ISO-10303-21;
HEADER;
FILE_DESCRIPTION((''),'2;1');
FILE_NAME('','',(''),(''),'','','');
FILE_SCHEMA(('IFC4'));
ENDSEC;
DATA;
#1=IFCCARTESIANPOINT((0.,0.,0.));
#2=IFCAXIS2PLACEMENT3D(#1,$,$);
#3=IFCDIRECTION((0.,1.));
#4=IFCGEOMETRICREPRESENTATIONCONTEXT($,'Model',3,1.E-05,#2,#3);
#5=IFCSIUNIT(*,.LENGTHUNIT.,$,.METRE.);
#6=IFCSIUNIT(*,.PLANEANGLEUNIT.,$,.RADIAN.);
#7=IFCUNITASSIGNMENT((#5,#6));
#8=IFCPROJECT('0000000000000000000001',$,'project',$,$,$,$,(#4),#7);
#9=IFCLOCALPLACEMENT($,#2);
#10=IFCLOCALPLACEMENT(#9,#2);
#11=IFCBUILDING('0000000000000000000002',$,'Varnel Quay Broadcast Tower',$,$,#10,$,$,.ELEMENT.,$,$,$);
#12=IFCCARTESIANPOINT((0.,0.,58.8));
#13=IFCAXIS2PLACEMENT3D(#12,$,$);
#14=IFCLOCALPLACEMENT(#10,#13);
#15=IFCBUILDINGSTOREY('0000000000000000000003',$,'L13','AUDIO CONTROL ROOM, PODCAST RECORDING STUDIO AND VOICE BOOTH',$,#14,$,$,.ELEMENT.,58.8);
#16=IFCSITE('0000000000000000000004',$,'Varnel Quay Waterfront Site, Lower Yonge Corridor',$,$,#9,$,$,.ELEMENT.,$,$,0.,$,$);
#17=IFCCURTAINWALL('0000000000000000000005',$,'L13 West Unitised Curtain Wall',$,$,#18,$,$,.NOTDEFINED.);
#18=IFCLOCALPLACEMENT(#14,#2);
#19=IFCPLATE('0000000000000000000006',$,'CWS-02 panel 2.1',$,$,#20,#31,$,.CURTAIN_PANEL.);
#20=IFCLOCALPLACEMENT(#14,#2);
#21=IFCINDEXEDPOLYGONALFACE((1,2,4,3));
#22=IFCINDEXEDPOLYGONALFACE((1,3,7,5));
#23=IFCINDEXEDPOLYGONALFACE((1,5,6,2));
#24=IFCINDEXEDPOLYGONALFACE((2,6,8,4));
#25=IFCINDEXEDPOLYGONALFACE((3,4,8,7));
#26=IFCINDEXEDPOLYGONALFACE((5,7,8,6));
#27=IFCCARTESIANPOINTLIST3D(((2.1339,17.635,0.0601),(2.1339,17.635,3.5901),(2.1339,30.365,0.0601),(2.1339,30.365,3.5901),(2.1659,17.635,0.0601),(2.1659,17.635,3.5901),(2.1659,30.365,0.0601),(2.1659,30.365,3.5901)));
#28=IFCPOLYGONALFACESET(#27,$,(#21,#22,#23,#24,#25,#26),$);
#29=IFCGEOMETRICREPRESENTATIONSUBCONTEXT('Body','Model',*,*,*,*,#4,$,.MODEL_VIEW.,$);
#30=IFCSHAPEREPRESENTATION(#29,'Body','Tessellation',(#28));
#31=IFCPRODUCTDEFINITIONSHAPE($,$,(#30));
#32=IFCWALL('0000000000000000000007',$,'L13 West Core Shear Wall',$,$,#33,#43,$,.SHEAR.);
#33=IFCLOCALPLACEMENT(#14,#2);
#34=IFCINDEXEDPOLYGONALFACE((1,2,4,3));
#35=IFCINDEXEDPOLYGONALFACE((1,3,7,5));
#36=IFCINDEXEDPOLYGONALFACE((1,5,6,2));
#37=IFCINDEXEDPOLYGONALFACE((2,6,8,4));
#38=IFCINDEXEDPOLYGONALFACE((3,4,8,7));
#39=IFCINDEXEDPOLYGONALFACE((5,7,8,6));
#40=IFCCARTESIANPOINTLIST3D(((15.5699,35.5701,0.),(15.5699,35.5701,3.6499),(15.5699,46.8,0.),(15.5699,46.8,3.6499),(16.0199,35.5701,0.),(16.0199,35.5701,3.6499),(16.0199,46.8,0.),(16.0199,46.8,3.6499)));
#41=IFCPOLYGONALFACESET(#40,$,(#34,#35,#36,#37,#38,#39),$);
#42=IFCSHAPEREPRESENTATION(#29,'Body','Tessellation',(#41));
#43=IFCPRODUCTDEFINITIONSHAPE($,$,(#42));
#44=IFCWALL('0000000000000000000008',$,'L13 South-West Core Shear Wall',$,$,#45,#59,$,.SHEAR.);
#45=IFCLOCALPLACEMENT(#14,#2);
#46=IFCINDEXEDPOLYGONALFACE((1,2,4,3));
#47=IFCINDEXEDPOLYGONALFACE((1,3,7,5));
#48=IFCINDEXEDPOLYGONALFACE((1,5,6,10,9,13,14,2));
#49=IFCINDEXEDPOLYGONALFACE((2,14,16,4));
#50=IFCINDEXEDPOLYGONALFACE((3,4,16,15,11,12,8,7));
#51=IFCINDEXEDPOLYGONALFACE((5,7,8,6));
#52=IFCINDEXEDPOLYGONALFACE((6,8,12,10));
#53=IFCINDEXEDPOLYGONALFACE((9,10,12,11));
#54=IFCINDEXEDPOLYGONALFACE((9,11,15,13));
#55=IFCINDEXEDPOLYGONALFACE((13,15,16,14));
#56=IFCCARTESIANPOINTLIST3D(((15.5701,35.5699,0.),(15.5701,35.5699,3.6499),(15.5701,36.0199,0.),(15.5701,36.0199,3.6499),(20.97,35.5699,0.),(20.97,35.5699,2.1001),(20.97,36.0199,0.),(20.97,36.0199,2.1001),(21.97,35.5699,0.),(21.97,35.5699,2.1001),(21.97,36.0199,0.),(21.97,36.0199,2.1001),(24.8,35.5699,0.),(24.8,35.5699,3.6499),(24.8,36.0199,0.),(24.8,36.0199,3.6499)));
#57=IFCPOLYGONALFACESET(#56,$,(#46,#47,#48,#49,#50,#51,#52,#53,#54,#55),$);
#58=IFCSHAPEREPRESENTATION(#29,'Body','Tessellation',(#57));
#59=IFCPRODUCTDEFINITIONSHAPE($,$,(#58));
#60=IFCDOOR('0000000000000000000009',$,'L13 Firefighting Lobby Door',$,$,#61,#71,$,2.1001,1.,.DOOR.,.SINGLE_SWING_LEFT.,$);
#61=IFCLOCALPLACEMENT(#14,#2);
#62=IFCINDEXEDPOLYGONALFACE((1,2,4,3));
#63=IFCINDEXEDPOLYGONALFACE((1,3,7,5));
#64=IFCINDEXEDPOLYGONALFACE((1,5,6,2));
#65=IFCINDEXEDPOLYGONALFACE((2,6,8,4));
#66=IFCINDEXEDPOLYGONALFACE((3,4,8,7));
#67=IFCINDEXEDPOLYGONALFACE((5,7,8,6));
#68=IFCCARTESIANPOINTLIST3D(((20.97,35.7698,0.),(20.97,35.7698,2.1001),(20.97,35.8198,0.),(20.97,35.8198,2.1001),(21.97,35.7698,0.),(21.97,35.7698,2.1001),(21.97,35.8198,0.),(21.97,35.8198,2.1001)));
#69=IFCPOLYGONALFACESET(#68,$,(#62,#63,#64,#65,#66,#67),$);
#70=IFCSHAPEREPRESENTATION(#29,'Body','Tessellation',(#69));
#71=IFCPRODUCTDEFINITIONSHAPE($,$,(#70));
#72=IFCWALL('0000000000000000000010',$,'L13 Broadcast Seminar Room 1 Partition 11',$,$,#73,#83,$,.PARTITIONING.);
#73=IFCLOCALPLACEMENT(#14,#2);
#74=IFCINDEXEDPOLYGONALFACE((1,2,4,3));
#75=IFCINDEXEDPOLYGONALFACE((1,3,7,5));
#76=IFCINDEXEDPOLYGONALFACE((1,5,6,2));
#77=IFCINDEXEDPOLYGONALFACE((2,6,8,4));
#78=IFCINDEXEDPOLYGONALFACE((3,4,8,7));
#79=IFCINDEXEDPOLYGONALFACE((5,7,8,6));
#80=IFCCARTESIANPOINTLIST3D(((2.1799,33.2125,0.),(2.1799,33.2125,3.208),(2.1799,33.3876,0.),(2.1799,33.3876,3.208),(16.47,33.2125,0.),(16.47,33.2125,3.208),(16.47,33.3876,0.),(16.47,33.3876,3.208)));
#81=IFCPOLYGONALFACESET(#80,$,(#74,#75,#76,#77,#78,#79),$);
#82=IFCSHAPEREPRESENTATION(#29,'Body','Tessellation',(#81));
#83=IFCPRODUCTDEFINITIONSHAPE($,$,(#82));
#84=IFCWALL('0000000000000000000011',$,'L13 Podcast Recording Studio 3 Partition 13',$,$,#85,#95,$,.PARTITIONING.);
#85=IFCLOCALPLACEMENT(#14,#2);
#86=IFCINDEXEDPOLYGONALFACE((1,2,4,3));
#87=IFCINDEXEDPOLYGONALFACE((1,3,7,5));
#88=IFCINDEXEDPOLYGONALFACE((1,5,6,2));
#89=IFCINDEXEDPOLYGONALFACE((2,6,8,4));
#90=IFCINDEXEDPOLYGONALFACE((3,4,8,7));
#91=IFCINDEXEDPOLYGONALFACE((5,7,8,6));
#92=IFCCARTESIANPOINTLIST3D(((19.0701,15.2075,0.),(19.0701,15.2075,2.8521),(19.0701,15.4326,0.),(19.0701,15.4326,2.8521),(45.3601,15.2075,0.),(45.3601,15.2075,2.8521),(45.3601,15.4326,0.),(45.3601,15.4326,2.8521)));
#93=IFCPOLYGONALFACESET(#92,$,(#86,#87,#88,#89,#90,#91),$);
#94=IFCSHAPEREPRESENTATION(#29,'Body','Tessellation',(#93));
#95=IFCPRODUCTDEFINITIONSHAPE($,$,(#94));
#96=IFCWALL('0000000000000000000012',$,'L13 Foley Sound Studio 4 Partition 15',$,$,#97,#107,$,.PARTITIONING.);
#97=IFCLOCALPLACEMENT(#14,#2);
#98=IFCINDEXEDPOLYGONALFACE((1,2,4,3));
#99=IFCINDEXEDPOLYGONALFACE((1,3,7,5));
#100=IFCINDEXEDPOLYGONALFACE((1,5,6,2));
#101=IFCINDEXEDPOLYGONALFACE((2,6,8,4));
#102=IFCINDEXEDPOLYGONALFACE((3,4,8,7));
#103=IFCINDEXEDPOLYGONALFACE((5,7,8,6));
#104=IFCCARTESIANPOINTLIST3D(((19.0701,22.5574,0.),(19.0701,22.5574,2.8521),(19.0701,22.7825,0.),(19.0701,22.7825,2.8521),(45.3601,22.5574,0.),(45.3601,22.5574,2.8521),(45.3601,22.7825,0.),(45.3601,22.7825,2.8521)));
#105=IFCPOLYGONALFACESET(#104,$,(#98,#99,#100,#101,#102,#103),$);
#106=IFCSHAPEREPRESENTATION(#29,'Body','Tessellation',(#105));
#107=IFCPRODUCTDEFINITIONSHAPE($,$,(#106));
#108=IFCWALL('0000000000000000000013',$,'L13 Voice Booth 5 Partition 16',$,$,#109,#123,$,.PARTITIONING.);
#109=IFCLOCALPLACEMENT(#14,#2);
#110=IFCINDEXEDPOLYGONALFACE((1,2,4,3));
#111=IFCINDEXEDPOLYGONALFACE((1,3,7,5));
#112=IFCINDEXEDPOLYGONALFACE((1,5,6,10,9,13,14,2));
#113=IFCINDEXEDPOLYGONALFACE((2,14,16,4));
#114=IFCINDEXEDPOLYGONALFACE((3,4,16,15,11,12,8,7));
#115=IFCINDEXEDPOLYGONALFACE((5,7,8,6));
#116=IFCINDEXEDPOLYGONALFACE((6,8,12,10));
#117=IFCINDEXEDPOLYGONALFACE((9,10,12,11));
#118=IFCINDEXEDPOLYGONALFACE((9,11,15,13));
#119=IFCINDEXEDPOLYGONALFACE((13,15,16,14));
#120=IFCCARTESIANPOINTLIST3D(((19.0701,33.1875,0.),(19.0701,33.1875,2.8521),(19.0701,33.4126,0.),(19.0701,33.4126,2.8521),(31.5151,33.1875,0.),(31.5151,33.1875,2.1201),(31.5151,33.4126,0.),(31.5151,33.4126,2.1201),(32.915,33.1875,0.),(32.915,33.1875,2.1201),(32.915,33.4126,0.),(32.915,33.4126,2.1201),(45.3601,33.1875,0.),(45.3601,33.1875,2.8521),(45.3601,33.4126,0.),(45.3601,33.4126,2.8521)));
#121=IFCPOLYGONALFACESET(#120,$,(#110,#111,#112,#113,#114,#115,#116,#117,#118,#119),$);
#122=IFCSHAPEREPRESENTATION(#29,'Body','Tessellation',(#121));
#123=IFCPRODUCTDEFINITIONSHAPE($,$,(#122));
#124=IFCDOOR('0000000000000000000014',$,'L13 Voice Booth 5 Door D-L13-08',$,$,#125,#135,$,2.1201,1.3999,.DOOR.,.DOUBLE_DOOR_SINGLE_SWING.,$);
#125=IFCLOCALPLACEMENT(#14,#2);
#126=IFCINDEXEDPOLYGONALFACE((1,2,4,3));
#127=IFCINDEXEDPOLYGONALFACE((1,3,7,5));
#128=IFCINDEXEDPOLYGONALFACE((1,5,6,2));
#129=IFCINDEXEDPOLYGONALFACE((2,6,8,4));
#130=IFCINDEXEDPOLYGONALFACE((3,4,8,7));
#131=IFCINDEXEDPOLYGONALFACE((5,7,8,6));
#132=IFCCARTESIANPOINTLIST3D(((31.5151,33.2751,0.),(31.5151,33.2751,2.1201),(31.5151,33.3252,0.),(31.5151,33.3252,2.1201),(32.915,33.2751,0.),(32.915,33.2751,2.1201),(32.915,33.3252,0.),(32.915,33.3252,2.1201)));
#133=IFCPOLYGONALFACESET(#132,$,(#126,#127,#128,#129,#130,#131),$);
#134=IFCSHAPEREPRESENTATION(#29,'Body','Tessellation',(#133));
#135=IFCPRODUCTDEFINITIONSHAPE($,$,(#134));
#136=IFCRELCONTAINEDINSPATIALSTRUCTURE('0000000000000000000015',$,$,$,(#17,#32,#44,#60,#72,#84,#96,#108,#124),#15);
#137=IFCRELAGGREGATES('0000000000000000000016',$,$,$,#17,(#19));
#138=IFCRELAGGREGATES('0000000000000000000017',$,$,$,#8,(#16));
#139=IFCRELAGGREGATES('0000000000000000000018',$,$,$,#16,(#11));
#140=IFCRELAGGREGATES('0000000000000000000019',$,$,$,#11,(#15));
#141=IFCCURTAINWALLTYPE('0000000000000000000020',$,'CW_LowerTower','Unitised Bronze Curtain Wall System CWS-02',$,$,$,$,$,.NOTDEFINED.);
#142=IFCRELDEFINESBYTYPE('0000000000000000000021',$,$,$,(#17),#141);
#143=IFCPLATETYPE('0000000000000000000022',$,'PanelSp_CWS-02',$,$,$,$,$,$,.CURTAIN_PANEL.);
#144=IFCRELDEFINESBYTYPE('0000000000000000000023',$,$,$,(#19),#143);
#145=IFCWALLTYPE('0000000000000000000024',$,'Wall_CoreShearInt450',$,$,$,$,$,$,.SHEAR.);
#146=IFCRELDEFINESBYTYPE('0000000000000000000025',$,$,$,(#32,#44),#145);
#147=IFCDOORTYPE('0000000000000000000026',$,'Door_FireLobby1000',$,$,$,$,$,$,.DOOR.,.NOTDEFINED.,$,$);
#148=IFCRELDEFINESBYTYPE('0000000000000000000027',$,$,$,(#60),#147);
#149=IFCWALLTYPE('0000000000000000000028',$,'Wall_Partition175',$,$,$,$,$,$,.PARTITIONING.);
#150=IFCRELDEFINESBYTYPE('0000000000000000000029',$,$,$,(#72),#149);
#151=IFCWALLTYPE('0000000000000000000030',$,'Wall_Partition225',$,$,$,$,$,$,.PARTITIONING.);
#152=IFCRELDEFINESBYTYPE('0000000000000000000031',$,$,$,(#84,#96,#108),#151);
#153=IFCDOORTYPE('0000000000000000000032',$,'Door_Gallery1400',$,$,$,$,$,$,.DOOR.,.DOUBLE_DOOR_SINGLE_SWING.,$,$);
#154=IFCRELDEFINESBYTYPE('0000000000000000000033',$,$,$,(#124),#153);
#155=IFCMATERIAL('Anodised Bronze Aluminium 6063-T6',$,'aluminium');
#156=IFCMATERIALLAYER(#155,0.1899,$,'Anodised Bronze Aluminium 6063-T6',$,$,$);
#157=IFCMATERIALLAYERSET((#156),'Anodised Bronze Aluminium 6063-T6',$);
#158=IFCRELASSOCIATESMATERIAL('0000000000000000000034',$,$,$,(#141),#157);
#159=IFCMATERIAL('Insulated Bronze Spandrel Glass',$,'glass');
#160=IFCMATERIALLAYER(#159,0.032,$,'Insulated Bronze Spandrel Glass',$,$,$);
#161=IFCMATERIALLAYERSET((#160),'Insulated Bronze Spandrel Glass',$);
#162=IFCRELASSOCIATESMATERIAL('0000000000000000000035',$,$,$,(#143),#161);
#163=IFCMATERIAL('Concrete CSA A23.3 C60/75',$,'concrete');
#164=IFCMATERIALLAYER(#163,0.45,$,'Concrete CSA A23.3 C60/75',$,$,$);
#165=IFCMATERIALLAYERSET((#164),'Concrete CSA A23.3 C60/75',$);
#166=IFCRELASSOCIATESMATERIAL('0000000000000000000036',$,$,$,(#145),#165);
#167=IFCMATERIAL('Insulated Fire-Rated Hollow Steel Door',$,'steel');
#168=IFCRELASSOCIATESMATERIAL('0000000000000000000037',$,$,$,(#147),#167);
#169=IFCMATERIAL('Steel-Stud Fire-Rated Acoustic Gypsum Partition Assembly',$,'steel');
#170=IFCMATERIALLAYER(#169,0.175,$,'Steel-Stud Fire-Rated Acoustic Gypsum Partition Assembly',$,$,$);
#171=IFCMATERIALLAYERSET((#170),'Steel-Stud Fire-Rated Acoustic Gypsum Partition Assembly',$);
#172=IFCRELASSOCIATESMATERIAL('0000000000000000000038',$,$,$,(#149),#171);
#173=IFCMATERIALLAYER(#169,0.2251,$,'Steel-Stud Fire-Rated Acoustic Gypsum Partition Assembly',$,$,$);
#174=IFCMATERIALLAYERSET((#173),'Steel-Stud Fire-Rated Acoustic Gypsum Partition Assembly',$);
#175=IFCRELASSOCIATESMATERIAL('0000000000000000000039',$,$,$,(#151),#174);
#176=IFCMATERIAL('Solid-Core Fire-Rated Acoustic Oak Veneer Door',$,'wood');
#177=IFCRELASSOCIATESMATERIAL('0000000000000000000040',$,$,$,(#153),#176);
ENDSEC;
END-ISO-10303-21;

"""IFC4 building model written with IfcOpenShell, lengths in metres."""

from ifc_helpers import new_model, si_unit, direction, frame, frame_2d, origin, origin_2d, place, context, subcontext, project, spatial, rectangle, extrude, source, transform, mapped, material, layer, layer_set, type_object, type_shapes, element, fill, aggregate, save


model = new_model("IFC4")

# Units and contexts
model_context = context("Model", 3, precision=1e-05, world=origin(), true_north=direction((0.0, 1.0)))
body_context = subcontext(model_context, "Body", "Model", "MODEL_VIEW")
ifc_project = project(units=[si_unit("LENGTHUNIT", "METRE"), si_unit("PLANEANGLEUNIT", "RADIAN")], contexts=[model_context])

# Site, building, storey
site_placement = place(None, origin())
site = spatial("IfcSite", under=ifc_project, at=site_placement, Name="Varnel Quay Waterfront Site, Lower Yonge Corridor", CompositionType="ELEMENT", RefElevation=0.0)
building_placement = place(site_placement, origin())
building = spatial("IfcBuilding", under=site, at=building_placement, Name="Varnel Quay Broadcast Tower", CompositionType="ELEMENT")
storey_placement = place(building_placement, frame((0.0, 0.0, 58.8)))
storey = spatial("IfcBuildingStorey", under=building, at=storey_placement, Name="L13", Description="AUDIO CONTROL ROOM, PODCAST RECORDING STUDIO AND VOICE BOOTH", CompositionType="ELEMENT", Elevation=58.8)

# Shared definitions
ifc_material_1 = material(Name="Concrete CSA A23.3 C60/75", Category="concrete")

# Curtain wall
ifc_material_2 = material(Name="Anodised Bronze Aluminium 6063-T6", Category="aluminium")
ifc_layer_1 = layer(ifc_material_2, 0.1899, Name="Anodised Bronze Aluminium 6063-T6")
ifc_layer_set_1 = layer_set([ifc_layer_1], Name="Anodised Bronze Aluminium 6063-T6")
curtain_wall_type = type_object("IfcCurtainWallType", Name="CW_LowerTower", Description="Unitised Bronze Curtain Wall System CWS-02", PredefinedType="NOTDEFINED", material=ifc_layer_set_1)
curtain_wall_placement = place(storey_placement, origin())
curtain_wall = element("IfcCurtainWall", 1, at=curtain_wall_placement, inside=storey, type_object=curtain_wall_type, Name="L13 West Unitised Curtain Wall", PredefinedType="NOTDEFINED")

# Plate
ifc_material_3 = material(Name="Insulated Bronze Spandrel Glass", Category="glass")
ifc_layer_2 = layer(ifc_material_3, 0.032, Name="Insulated Bronze Spandrel Glass")
ifc_layer_set_2 = layer_set([ifc_layer_2], Name="Insulated Bronze Spandrel Glass")
plate_type_1 = type_object("IfcPlateType", Name="PanelSp_CWS-02", PredefinedType="CURTAIN_PANEL", material=ifc_layer_set_2)
shared_shape_1 = source(origin(), body_context, "Body", "SweptSolid", [
    extrude(rectangle(XDim=12.73, YDim=0.032, at=origin_2d()), origin(), (0.0, 0.0, 1.0), 3.53),
])
type_shapes(plate_type_1, [shared_shape_1])
plate_placement = place(storey_placement, frame((2.1499, 24.0, 0.0601), z_axis=(0.0, 0.0, 1.0), x_axis=(0.0, 1.0, 0.0)))
plate = element("IfcPlate", 2, at=plate_placement, type_object=plate_type_1, Name="CWS-02 panel 2.1", PredefinedType="CURTAIN_PANEL", context=body_context, shape_type="MappedRepresentation", body=[
    mapped(shared_shape_1, transform((0.0, 0.0, 0.0), x_axis=(1.0, 0.0, 0.0), y_axis=(0.0, 1.0, 0.0), z_axis=(0.0, 0.0, 1.0), scale=1.0)),
])
aggregate(curtain_wall, [plate])

# Wall
ifc_layer_3 = layer(ifc_material_1, 0.45, Name="Concrete CSA A23.3 C60/75")
ifc_layer_set_3 = layer_set([ifc_layer_3], Name="Concrete CSA A23.3 C60/75")
wall_type_1 = type_object("IfcWallType", Name="Wall_CoreShearInt450", PredefinedType="SHEAR", material=ifc_layer_set_3)
wall_1_placement = place(storey_placement, frame((15.7949, 35.5701, 0.0), z_axis=(0.0, 0.0, 1.0), x_axis=(0.0, 1.0, 0.0)))
element("IfcWall", 3, at=wall_1_placement, inside=storey, type_object=wall_type_1, Name="L13 West Core Shear Wall", PredefinedType="SHEAR", context=body_context, shape_type="SweptSolid", body=[
    extrude(rectangle(XDim=11.23, YDim=0.45, at=frame_2d((5.615, 0.0))), origin(), (0.0, 0.0, 1.0), 3.6499),
])

# Wall, opening, door
wall_2_placement = place(storey_placement, frame((15.5701, 35.7949, 0.0), z_axis=(0.0, 0.0, 1.0), x_axis=(1.0, 0.0, 0.0)))
wall_2 = element("IfcWall", 4, at=wall_2_placement, inside=storey, type_object=wall_type_1, Name="L13 South-West Core Shear Wall", PredefinedType="SHEAR", context=body_context, shape_type="SweptSolid", body=[
    extrude(rectangle(XDim=9.23, YDim=0.45, at=frame_2d((4.615, 0.0))), origin(), (0.0, 0.0, 1.0), 3.6499),
])
opening_1_placement = place(wall_2_placement, frame((5.3999, 0.0, 0.0)))
opening_1 = element("IfcOpeningElement", 5, at=opening_1_placement, cuts=wall_2, PredefinedType="OPENING", context=body_context, shape_type="SweptSolid", body=[
    extrude(rectangle(XDim=1.0, YDim=2.1001, at=frame_2d((0.5, 1.05))), frame((0.0, 0.2349, 0.0), z_axis=(0.0, -1.0, 0.0), x_axis=(1.0, 0.0, 0.0)), (0.0, 0.0, 1.0), 0.47),
])
ifc_material_4 = material(Name="Insulated Fire-Rated Hollow Steel Door", Category="steel")
door_type_1 = type_object("IfcDoorType", Name="Door_FireLobby1000", OperationType="NOTDEFINED", PredefinedType="DOOR", material=ifc_material_4)
shared_shape_2 = source(origin(), body_context, "Body", "SweptSolid", [
    extrude(rectangle(XDim=1.0, YDim=2.1001, at=frame_2d((0.5, 1.05))), frame((0.0, 0.0249, 0.0), z_axis=(0.0, -1.0, 0.0), x_axis=(1.0, 0.0, 0.0)), (0.0, 0.0, 1.0), 0.05),
])
type_shapes(door_type_1, [shared_shape_2])
door_1_placement = place(opening_1_placement, origin())
door_1 = element("IfcDoor", 6, at=door_1_placement, inside=storey, type_object=door_type_1, Name="L13 Firefighting Lobby Door", OperationType="SINGLE_SWING_LEFT", OverallHeight=2.1001, OverallWidth=1.0, PredefinedType="DOOR", context=body_context, shape_type="MappedRepresentation", body=[
    mapped(shared_shape_2, transform((0.0, 0.0, 0.0), x_axis=(1.0, 0.0, 0.0), y_axis=(0.0, 1.0, 0.0), z_axis=(0.0, 0.0, 1.0), scale=1.0)),
])
fill(opening_1, door_1)

# Walls
ifc_material_5 = material(Name="Steel-Stud Fire-Rated Acoustic Gypsum Partition Assembly", Category="steel")
ifc_layer_4 = layer(ifc_material_5, 0.175, Name="Steel-Stud Fire-Rated Acoustic Gypsum Partition Assembly")
ifc_layer_set_4 = layer_set([ifc_layer_4], Name="Steel-Stud Fire-Rated Acoustic Gypsum Partition Assembly")
wall_type_2 = type_object("IfcWallType", Name="Wall_Partition175", PredefinedType="PARTITIONING", material=ifc_layer_set_4)
wall_3_placement = place(storey_placement, frame((2.1799, 33.3, 0.0), z_axis=(0.0, 0.0, 1.0), x_axis=(1.0, 0.0, 0.0)))
element("IfcWall", 7, at=wall_3_placement, inside=storey, type_object=wall_type_2, Name="L13 Broadcast Seminar Room 1 Partition 11", PredefinedType="PARTITIONING", context=body_context, shape_type="SweptSolid", body=[
    extrude(rectangle(XDim=14.29, YDim=0.175, at=frame_2d((7.145, 0.0))), origin(), (0.0, 0.0, 1.0), 3.208),
])
ifc_layer_5 = layer(ifc_material_5, 0.2251, Name="Steel-Stud Fire-Rated Acoustic Gypsum Partition Assembly")
ifc_layer_set_5 = layer_set([ifc_layer_5], Name="Steel-Stud Fire-Rated Acoustic Gypsum Partition Assembly")
wall_type_3 = type_object("IfcWallType", Name="Wall_Partition225", PredefinedType="PARTITIONING", material=ifc_layer_set_5)
for number, where, z_axis, x_axis, name in (
    (8, (19.0701, 15.3201, 0.0), (0.0, 0.0, 1.0), (1.0, 0.0, 0.0), "L13 Podcast Recording Studio 3 Partition 13"),
    (9, (19.0701, 22.6699, 0.0), (0.0, 0.0, 1.0), (1.0, 0.0, 0.0), "L13 Foley Sound Studio 4 Partition 15"),
):
    element("IfcWall", number, at=place(storey_placement, frame(where, z_axis=z_axis, x_axis=x_axis)), inside=storey, type_object=wall_type_3, Name=name, PredefinedType="PARTITIONING", context=body_context, shape_type="SweptSolid", body=[
        extrude(rectangle(XDim=26.29, YDim=0.2251, at=frame_2d((13.145, 0.0))), origin(), (0.0, 0.0, 1.0), 2.8521),
    ])

# Wall, opening, door
wall_4_placement = place(storey_placement, frame((19.0701, 33.3, 0.0), z_axis=(0.0, 0.0, 1.0), x_axis=(1.0, 0.0, 0.0)))
wall_4 = element("IfcWall", 10, at=wall_4_placement, inside=storey, type_object=wall_type_3, Name="L13 Voice Booth 5 Partition 16", PredefinedType="PARTITIONING", context=body_context, shape_type="SweptSolid", body=[
    extrude(rectangle(XDim=26.29, YDim=0.2251, at=frame_2d((13.145, 0.0))), origin(), (0.0, 0.0, 1.0), 2.8521),
])
opening_2_placement = place(wall_4_placement, frame((12.4451, 0.0, 0.0)))
opening_2 = element("IfcOpeningElement", 11, at=opening_2_placement, cuts=wall_4, PredefinedType="OPENING", context=body_context, shape_type="SweptSolid", body=[
    extrude(rectangle(XDim=1.3999, YDim=2.1201, at=frame_2d((0.7, 1.0601))), frame((0.0, 0.1226, 0.0), z_axis=(0.0, -1.0, 0.0), x_axis=(1.0, 0.0, 0.0)), (0.0, 0.0, 1.0), 0.2451),
])
ifc_material_6 = material(Name="Solid-Core Fire-Rated Acoustic Oak Veneer Door", Category="wood")
door_type_2 = type_object("IfcDoorType", Name="Door_Gallery1400", OperationType="DOUBLE_DOOR_SINGLE_SWING", PredefinedType="DOOR", material=ifc_material_6)
shared_shape_3 = source(origin(), body_context, "Body", "SweptSolid", [
    extrude(rectangle(XDim=1.3999, YDim=2.1201, at=frame_2d((0.7, 1.0601))), frame((0.0, 0.0249, 0.0), z_axis=(0.0, -1.0, 0.0), x_axis=(1.0, 0.0, 0.0)), (0.0, 0.0, 1.0), 0.05),
])
type_shapes(door_type_2, [shared_shape_3])
door_2_placement = place(opening_2_placement, frame((1.3999, 0.0, 0.0), z_axis=(0.0, 0.0, 1.0), x_axis=(-1.0, 0.0, 0.0)))
door_2 = element("IfcDoor", 12, at=door_2_placement, inside=storey, type_object=door_type_2, Name="L13 Voice Booth 5 Door D-L13-08", OperationType="DOUBLE_DOOR_SINGLE_SWING", OverallHeight=2.1201, OverallWidth=1.3999, PredefinedType="DOOR", context=body_context, shape_type="MappedRepresentation", body=[
    mapped(shared_shape_3, transform((0.0, 0.0, 0.0), x_axis=(1.0, 0.0, 0.0), y_axis=(0.0, 1.0, 0.0), z_axis=(0.0, 0.0, 1.0), scale=1.0)),
])
fill(opening_2, door_2)

save(model, "model.ifc")
